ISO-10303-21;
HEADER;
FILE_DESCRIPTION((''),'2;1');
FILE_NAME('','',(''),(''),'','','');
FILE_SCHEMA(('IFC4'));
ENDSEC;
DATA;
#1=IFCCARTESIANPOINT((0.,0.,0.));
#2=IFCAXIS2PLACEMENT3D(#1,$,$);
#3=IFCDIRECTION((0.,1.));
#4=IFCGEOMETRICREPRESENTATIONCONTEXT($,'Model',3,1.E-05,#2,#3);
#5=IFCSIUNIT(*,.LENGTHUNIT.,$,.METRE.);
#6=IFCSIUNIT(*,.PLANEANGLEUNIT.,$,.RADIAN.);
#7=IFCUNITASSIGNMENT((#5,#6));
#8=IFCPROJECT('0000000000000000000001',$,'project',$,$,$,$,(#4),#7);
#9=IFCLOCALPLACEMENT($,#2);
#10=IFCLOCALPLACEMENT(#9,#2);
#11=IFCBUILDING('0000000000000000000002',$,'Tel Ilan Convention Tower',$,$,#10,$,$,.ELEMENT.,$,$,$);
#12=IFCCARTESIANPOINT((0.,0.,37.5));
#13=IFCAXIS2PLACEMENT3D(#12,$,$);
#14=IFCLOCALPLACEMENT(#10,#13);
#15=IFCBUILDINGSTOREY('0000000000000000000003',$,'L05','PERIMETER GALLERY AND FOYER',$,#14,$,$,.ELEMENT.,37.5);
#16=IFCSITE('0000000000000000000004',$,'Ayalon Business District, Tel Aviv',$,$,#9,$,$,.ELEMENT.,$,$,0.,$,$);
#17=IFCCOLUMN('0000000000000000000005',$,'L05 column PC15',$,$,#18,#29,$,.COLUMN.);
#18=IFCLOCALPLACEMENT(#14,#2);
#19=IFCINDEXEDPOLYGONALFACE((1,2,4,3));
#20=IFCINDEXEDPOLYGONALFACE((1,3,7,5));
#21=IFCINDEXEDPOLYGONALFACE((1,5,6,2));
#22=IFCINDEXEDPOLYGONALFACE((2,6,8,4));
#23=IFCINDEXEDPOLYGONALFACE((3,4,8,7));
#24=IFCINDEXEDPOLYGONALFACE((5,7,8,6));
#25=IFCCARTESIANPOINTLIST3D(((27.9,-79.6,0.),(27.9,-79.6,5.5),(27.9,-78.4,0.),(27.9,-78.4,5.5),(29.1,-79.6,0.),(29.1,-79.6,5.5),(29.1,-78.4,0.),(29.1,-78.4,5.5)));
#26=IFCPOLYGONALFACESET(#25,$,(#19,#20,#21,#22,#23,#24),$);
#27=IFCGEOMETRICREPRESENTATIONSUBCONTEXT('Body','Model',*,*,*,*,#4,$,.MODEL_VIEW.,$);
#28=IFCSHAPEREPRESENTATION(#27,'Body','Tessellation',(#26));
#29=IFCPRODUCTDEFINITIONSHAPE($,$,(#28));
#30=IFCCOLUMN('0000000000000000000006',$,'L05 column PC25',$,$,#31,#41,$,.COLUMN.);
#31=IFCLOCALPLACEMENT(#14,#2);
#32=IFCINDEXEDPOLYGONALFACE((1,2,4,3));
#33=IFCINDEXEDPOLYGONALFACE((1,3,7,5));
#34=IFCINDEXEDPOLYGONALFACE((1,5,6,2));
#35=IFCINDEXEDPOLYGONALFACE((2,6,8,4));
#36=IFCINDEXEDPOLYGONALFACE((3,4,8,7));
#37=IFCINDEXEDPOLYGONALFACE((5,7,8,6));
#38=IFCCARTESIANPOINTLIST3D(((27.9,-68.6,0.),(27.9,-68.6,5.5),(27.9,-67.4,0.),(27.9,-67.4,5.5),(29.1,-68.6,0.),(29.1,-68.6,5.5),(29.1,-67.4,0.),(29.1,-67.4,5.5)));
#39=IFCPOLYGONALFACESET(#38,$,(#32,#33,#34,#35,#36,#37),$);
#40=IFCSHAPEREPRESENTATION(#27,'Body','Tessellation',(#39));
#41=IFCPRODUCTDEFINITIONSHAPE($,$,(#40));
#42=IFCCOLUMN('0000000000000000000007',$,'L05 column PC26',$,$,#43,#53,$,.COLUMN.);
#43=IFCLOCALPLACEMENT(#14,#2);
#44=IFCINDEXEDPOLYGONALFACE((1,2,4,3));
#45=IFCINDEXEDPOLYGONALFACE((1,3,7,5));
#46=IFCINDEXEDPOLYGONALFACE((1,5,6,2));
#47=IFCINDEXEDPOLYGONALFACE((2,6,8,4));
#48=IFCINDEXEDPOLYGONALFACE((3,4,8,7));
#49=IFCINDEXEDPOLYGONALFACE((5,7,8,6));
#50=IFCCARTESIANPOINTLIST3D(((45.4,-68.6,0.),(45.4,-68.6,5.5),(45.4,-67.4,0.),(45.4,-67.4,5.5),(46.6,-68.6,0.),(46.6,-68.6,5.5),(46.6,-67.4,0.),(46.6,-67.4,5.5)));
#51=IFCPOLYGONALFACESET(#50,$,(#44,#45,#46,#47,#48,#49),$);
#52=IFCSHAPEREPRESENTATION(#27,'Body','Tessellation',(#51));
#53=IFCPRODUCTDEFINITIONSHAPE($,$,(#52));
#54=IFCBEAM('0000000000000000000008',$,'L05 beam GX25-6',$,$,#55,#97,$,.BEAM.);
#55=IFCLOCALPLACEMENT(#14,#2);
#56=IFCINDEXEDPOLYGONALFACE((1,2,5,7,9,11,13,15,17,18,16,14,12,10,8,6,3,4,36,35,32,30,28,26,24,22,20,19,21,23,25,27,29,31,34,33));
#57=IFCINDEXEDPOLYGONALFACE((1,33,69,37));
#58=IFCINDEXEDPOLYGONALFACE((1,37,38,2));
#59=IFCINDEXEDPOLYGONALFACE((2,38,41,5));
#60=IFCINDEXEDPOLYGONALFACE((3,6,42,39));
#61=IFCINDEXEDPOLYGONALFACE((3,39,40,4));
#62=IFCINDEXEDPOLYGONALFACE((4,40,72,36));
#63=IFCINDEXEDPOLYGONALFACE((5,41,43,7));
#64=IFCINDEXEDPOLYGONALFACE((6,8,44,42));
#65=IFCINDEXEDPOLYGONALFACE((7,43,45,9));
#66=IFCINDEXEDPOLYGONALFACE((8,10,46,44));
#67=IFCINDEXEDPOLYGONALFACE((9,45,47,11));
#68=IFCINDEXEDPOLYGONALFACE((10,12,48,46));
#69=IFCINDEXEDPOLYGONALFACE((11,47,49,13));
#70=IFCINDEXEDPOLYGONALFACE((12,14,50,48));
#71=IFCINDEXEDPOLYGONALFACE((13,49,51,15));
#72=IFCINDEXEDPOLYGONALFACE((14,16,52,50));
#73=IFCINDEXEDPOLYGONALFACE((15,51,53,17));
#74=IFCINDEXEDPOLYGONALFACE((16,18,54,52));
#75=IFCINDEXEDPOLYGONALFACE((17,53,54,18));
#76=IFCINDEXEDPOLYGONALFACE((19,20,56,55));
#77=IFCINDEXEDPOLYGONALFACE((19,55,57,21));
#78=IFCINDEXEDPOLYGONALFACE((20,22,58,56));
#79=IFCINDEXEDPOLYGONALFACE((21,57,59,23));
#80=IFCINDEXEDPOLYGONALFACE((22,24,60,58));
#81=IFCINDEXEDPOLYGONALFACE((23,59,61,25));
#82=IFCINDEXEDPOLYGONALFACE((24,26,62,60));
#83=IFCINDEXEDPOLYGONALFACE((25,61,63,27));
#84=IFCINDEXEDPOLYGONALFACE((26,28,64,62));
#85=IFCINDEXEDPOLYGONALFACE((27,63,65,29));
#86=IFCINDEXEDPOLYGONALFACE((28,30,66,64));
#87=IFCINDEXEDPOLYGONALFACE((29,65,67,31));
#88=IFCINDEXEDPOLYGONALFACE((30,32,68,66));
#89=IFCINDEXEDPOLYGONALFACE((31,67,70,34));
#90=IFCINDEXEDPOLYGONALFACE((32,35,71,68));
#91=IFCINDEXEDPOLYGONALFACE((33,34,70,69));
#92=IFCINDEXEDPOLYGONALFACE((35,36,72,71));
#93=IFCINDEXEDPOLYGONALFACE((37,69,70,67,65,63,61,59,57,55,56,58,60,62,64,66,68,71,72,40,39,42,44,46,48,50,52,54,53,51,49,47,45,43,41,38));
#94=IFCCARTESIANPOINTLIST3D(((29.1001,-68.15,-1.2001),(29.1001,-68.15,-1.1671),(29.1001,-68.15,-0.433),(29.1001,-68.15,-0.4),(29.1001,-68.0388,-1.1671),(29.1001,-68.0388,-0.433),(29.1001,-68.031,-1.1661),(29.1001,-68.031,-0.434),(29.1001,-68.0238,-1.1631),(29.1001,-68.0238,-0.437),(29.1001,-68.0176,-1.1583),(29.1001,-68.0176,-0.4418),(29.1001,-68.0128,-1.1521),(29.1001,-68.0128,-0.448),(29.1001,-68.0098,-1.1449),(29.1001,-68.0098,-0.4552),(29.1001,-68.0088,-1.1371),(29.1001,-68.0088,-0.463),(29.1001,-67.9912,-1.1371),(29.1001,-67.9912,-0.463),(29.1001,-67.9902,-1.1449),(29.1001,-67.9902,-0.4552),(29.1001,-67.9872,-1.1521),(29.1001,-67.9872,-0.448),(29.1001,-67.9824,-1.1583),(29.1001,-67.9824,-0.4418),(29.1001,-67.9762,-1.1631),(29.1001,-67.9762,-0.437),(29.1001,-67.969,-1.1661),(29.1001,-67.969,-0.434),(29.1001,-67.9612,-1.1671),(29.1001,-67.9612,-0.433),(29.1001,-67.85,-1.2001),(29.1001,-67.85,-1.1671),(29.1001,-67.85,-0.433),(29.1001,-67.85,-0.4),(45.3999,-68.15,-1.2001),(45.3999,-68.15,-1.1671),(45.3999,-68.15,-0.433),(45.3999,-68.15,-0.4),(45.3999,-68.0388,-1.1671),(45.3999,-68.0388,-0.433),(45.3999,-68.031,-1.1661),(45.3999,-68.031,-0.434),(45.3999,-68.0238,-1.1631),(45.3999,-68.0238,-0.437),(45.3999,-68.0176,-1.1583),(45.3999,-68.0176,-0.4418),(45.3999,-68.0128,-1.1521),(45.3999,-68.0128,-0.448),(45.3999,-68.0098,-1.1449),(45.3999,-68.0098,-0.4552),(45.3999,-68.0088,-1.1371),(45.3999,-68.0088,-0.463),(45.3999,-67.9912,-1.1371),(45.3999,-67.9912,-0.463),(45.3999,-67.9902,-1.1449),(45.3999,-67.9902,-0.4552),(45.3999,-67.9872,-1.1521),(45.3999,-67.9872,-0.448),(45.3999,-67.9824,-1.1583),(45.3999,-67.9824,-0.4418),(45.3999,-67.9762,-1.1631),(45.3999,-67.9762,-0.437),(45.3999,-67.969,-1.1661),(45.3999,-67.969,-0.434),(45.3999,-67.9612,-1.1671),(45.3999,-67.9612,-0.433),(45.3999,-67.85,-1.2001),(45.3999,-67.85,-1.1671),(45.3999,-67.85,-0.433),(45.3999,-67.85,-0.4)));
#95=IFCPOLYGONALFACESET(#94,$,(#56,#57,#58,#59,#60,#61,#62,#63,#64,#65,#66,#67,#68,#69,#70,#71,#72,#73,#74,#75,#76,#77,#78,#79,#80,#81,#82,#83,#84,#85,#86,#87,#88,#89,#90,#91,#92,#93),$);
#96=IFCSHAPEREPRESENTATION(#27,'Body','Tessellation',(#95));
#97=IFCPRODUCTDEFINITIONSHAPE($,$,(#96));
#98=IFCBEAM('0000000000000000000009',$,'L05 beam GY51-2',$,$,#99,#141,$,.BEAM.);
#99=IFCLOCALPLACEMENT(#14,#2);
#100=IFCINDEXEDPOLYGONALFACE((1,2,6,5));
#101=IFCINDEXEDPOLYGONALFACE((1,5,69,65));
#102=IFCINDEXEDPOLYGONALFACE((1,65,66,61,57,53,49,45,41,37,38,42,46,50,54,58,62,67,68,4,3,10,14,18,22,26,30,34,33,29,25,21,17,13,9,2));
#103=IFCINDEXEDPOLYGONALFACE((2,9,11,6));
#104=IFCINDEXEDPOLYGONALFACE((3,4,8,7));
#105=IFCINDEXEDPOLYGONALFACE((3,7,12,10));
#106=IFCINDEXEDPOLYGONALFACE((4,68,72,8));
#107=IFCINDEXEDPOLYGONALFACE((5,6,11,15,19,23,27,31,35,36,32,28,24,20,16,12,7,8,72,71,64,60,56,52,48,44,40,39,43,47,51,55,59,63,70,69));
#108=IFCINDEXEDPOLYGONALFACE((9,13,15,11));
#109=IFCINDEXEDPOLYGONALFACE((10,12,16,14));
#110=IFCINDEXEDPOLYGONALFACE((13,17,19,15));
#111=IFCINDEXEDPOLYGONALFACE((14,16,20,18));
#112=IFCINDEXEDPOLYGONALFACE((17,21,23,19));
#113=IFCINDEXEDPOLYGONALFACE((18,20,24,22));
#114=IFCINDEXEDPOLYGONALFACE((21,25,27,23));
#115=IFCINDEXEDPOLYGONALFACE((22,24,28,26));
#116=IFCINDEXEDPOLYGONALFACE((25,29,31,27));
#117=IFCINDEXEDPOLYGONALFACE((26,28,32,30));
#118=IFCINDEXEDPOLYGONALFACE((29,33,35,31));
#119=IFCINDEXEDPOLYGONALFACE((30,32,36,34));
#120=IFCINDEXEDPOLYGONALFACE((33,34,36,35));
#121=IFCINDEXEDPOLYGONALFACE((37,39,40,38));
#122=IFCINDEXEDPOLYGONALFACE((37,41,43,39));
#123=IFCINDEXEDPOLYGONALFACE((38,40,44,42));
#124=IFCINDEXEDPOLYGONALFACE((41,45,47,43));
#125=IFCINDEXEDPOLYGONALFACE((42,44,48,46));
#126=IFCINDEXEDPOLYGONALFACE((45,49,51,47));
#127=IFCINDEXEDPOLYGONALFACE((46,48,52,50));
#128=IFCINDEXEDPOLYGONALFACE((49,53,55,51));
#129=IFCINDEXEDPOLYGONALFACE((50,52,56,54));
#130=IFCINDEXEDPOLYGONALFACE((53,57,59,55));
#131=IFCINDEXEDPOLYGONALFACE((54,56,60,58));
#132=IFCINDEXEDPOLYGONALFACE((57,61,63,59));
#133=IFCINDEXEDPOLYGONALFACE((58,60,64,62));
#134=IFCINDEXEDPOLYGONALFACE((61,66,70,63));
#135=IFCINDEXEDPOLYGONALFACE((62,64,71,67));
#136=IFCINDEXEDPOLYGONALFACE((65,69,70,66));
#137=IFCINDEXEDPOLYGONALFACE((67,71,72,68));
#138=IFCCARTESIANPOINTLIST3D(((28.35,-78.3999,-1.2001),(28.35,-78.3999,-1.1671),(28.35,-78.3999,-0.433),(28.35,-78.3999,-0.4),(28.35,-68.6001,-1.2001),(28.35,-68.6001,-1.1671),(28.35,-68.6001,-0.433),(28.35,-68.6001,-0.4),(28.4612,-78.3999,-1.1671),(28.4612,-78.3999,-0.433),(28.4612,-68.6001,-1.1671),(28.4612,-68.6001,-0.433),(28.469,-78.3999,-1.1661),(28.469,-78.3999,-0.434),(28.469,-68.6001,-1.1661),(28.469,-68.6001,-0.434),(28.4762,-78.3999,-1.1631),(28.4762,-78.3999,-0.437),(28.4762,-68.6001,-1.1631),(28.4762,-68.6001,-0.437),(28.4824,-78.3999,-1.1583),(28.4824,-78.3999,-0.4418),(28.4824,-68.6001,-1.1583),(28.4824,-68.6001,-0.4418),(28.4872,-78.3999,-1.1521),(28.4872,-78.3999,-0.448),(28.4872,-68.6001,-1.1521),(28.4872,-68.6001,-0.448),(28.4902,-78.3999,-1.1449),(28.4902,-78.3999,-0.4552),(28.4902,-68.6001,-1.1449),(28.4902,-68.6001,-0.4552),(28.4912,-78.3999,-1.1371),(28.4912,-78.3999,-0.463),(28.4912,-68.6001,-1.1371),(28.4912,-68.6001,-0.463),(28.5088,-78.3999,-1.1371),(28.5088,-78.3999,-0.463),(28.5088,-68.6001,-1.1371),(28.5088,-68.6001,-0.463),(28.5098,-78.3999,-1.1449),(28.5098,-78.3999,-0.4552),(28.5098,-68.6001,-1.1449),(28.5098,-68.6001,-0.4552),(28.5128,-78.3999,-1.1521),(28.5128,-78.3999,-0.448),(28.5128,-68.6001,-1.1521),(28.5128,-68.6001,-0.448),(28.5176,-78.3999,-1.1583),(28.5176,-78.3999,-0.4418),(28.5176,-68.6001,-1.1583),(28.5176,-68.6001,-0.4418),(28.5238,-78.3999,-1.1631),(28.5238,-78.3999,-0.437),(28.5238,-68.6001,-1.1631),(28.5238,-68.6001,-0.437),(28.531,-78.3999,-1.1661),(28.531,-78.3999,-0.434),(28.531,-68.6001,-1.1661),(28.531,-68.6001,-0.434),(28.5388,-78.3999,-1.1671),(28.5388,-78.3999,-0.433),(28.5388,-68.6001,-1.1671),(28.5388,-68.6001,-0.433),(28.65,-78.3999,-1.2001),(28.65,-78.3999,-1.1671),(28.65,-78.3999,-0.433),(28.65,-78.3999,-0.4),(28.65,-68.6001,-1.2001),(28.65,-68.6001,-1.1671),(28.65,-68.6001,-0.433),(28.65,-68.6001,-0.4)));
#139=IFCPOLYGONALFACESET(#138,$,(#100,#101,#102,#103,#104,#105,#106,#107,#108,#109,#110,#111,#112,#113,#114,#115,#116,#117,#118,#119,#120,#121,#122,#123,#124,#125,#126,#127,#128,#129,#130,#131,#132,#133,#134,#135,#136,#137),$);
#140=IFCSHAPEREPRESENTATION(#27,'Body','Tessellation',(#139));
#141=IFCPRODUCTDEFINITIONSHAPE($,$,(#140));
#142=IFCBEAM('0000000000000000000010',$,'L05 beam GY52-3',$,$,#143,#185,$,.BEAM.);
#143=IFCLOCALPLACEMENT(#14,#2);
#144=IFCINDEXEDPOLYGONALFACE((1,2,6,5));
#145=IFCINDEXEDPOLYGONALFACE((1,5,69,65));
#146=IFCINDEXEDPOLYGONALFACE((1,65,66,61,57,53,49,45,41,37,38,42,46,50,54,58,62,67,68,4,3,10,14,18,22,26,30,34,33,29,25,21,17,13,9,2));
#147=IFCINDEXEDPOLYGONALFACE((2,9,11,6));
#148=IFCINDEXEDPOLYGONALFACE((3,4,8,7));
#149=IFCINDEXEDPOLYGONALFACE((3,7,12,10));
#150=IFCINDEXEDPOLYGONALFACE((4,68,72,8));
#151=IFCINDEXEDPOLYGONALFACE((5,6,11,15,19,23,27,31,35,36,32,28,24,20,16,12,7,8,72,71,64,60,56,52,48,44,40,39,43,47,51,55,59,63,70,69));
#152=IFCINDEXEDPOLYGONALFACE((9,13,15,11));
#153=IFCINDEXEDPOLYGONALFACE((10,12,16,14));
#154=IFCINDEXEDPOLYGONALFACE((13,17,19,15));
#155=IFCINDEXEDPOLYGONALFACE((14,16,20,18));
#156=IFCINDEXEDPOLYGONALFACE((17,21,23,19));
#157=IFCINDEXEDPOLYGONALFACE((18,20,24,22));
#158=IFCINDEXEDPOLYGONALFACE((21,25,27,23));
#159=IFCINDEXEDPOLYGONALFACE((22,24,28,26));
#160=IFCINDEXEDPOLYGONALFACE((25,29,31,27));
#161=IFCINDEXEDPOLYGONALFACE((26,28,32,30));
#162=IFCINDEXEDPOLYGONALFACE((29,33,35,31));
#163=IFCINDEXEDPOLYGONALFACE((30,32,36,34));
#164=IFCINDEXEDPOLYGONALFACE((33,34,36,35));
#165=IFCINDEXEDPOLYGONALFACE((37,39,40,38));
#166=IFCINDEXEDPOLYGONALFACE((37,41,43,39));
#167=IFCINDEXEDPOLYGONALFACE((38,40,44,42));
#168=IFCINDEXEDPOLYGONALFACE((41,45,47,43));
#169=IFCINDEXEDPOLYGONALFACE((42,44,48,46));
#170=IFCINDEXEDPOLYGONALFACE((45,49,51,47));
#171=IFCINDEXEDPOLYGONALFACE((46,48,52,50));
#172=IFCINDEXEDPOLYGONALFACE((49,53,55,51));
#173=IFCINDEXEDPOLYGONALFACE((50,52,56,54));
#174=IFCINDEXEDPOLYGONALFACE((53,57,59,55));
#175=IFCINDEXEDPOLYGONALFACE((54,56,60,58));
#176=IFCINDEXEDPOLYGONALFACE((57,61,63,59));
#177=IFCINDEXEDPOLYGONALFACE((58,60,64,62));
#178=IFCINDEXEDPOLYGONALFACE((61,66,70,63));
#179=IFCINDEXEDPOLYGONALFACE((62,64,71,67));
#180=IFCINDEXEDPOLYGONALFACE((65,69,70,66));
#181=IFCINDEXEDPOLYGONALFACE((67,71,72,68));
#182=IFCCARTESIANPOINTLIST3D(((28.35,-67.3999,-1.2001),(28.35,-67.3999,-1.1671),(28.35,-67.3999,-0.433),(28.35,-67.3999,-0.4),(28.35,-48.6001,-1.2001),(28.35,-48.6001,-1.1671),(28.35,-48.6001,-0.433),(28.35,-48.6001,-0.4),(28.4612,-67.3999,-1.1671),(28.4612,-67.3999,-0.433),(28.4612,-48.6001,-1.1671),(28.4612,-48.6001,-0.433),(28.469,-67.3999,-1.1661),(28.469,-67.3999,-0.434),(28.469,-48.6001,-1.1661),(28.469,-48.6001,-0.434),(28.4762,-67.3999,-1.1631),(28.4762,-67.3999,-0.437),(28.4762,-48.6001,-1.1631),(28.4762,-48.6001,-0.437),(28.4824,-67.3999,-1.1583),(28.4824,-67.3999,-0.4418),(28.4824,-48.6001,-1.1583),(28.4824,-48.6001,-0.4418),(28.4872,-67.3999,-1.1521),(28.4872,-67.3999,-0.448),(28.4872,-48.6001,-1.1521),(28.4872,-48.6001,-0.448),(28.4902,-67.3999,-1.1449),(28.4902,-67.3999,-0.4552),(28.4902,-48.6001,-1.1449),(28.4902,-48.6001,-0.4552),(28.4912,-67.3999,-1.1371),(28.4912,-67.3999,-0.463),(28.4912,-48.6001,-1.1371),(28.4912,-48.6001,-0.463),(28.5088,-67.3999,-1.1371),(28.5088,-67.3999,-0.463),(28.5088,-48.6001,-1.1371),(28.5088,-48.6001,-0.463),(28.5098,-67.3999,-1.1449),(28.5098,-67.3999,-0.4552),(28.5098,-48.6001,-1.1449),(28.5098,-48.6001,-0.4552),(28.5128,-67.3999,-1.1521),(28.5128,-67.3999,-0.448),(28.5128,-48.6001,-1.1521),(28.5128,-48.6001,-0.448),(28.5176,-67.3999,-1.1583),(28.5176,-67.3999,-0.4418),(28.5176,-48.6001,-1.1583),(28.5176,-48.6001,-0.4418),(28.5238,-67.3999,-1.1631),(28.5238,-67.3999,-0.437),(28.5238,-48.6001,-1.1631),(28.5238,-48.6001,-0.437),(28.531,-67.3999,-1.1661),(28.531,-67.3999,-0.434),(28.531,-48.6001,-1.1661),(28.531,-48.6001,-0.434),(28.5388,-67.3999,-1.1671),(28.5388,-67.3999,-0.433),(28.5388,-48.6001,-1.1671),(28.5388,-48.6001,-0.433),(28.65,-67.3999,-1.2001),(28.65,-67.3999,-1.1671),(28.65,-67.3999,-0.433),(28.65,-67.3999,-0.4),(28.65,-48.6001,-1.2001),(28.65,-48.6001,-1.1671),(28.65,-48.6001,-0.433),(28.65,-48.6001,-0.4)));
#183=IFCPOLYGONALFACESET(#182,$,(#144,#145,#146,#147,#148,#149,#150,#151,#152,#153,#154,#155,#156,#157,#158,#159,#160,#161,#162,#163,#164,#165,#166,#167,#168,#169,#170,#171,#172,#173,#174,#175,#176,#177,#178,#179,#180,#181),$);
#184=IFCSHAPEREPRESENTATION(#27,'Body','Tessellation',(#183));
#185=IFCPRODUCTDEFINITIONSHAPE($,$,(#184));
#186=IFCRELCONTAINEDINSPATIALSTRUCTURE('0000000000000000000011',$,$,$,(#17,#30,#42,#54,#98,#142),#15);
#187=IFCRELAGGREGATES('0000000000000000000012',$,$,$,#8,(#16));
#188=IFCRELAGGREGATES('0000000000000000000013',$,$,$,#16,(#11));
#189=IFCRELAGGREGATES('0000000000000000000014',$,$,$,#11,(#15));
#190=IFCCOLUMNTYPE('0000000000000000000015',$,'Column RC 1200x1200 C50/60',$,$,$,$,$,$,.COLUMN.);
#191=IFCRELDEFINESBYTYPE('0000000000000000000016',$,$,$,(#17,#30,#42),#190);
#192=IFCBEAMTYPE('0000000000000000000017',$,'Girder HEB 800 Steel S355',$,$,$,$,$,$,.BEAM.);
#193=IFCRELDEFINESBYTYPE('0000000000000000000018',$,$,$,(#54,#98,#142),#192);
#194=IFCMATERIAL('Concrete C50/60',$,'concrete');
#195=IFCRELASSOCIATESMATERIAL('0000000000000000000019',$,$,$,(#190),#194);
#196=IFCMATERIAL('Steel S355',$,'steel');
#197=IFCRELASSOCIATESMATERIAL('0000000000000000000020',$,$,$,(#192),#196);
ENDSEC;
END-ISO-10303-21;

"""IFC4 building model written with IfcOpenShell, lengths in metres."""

from ifc_helpers import new_model, si_unit, direction, frame, origin, origin_2d, place, context, subcontext, project, spatial, rectangle, i_section, extrude, material, material_profile, profile_set, type_object, element, save


model = new_model("IFC4")

# Units and contexts
model_context = context("Model", 3, precision=1e-05, world=origin(), true_north=direction((0.0, 1.0)))
body_context = subcontext(model_context, "Body", "Model", "MODEL_VIEW")
ifc_project = project(units=[si_unit("LENGTHUNIT", "METRE"), si_unit("PLANEANGLEUNIT", "RADIAN")], contexts=[model_context])

# Site, building, storey
site_placement = place(None, origin())
site = spatial("IfcSite", under=ifc_project, at=site_placement, Name="Ayalon Business District, Tel Aviv", CompositionType="ELEMENT", RefElevation=0.0)
building_placement = place(site_placement, origin())
building = spatial("IfcBuilding", under=site, at=building_placement, Name="Tel Ilan Convention Tower", CompositionType="ELEMENT")
storey_placement = place(building_placement, frame((0.0, 0.0, 37.5)))
storey = spatial("IfcBuildingStorey", under=building, at=storey_placement, Name="L05", Description="PERIMETER GALLERY AND FOYER", CompositionType="ELEMENT", Elevation=37.5)

# Columns
ifc_material_1 = material(Name="Concrete C50/60", Category="concrete")
ifc_material_profile_1 = material_profile(ifc_material_1, rectangle(XDim=1.2, YDim=1.2, at=origin_2d()), Name="RC 1200x1200")
ifc_profile_set_1 = profile_set([ifc_material_profile_1], Name="Concrete C50/60")
column_type = type_object("IfcColumnType", Name="Column RC 1200x1200 C50/60", PredefinedType="COLUMN", material=ifc_profile_set_1)
for number, where, z_axis, x_axis, name in (
    (1, (28.5, -79.0, 0.0), (0.0, 0.0, 1.0), (1.0, 0.0, 0.0), "L05 column PC15"),
    (2, (28.5, -68.0, 0.0), (0.0, 0.0, 1.0), (1.0, 0.0, 0.0), "L05 column PC25"),
    (3, (46.0, -68.0, 0.0), (0.0, 0.0, 1.0), (1.0, 0.0, 0.0), "L05 column PC26"),
):
    element("IfcColumn", number, at=place(storey_placement, frame(where, z_axis=z_axis, x_axis=x_axis)), inside=storey, type_object=column_type, Name=name, PredefinedType="COLUMN", context=body_context, shape_type="SweptSolid", body=[
        extrude(rectangle(XDim=1.2, YDim=1.2, at=origin_2d()), origin(), (0.0, 0.0, 1.0), 5.5),
    ])

# Beams
ifc_material_2 = material(Name="Steel S355", Category="steel")
ifc_material_profile_2 = material_profile(ifc_material_2, i_section(OverallWidth=0.3, OverallDepth=0.8, WebThickness=0.0176, FlangeThickness=0.033, FilletRadius=0.03, at=origin_2d()), Name="HEB 800")
ifc_profile_set_2 = profile_set([ifc_material_profile_2], Name="Steel S355")
beam_type_1 = type_object("IfcBeamType", Name="Girder HEB 800 Steel S355", PredefinedType="BEAM", material=ifc_profile_set_2)
beam_1_placement = place(storey_placement, frame((29.1001, -68.0, -0.8), z_axis=(1.0, 0.0, 0.0), x_axis=(0.0, 1.0, 0.0)))
element("IfcBeam", 4, at=beam_1_placement, inside=storey, type_object=beam_type_1, Name="L05 beam GX25-6", PredefinedType="BEAM", context=body_context, shape_type="SweptSolid", body=[
    extrude(i_section(OverallWidth=0.3, OverallDepth=0.8, WebThickness=0.0176, FlangeThickness=0.033, FilletRadius=0.03, at=origin_2d()), origin(), (0.0, 0.0, 1.0), 16.2998),
])
beam_2_placement = place(storey_placement, frame((28.5, -78.3999, -0.8), z_axis=(0.0, 1.0, 0.0), x_axis=(-1.0, 0.0, 0.0)))
element("IfcBeam", 5, at=beam_2_placement, inside=storey, type_object=beam_type_1, Name="L05 beam GY51-2", PredefinedType="BEAM", context=body_context, shape_type="SweptSolid", body=[
    extrude(i_section(OverallWidth=0.3, OverallDepth=0.8, WebThickness=0.0176, FlangeThickness=0.033, FilletRadius=0.03, at=origin_2d()), origin(), (0.0, 0.0, 1.0), 9.7998),
])
beam_3_placement = place(storey_placement, frame((28.5, -67.3999, -0.8), z_axis=(0.0, 1.0, 0.0), x_axis=(-1.0, 0.0, 0.0)))
element("IfcBeam", 6, at=beam_3_placement, inside=storey, type_object=beam_type_1, Name="L05 beam GY52-3", PredefinedType="BEAM", context=body_context, shape_type="SweptSolid", body=[
    extrude(i_section(OverallWidth=0.3, OverallDepth=0.8, WebThickness=0.0176, FlangeThickness=0.033, FilletRadius=0.03, at=origin_2d()), origin(), (0.0, 0.0, 1.0), 18.7998),
])

save(model, "model.ifc")
